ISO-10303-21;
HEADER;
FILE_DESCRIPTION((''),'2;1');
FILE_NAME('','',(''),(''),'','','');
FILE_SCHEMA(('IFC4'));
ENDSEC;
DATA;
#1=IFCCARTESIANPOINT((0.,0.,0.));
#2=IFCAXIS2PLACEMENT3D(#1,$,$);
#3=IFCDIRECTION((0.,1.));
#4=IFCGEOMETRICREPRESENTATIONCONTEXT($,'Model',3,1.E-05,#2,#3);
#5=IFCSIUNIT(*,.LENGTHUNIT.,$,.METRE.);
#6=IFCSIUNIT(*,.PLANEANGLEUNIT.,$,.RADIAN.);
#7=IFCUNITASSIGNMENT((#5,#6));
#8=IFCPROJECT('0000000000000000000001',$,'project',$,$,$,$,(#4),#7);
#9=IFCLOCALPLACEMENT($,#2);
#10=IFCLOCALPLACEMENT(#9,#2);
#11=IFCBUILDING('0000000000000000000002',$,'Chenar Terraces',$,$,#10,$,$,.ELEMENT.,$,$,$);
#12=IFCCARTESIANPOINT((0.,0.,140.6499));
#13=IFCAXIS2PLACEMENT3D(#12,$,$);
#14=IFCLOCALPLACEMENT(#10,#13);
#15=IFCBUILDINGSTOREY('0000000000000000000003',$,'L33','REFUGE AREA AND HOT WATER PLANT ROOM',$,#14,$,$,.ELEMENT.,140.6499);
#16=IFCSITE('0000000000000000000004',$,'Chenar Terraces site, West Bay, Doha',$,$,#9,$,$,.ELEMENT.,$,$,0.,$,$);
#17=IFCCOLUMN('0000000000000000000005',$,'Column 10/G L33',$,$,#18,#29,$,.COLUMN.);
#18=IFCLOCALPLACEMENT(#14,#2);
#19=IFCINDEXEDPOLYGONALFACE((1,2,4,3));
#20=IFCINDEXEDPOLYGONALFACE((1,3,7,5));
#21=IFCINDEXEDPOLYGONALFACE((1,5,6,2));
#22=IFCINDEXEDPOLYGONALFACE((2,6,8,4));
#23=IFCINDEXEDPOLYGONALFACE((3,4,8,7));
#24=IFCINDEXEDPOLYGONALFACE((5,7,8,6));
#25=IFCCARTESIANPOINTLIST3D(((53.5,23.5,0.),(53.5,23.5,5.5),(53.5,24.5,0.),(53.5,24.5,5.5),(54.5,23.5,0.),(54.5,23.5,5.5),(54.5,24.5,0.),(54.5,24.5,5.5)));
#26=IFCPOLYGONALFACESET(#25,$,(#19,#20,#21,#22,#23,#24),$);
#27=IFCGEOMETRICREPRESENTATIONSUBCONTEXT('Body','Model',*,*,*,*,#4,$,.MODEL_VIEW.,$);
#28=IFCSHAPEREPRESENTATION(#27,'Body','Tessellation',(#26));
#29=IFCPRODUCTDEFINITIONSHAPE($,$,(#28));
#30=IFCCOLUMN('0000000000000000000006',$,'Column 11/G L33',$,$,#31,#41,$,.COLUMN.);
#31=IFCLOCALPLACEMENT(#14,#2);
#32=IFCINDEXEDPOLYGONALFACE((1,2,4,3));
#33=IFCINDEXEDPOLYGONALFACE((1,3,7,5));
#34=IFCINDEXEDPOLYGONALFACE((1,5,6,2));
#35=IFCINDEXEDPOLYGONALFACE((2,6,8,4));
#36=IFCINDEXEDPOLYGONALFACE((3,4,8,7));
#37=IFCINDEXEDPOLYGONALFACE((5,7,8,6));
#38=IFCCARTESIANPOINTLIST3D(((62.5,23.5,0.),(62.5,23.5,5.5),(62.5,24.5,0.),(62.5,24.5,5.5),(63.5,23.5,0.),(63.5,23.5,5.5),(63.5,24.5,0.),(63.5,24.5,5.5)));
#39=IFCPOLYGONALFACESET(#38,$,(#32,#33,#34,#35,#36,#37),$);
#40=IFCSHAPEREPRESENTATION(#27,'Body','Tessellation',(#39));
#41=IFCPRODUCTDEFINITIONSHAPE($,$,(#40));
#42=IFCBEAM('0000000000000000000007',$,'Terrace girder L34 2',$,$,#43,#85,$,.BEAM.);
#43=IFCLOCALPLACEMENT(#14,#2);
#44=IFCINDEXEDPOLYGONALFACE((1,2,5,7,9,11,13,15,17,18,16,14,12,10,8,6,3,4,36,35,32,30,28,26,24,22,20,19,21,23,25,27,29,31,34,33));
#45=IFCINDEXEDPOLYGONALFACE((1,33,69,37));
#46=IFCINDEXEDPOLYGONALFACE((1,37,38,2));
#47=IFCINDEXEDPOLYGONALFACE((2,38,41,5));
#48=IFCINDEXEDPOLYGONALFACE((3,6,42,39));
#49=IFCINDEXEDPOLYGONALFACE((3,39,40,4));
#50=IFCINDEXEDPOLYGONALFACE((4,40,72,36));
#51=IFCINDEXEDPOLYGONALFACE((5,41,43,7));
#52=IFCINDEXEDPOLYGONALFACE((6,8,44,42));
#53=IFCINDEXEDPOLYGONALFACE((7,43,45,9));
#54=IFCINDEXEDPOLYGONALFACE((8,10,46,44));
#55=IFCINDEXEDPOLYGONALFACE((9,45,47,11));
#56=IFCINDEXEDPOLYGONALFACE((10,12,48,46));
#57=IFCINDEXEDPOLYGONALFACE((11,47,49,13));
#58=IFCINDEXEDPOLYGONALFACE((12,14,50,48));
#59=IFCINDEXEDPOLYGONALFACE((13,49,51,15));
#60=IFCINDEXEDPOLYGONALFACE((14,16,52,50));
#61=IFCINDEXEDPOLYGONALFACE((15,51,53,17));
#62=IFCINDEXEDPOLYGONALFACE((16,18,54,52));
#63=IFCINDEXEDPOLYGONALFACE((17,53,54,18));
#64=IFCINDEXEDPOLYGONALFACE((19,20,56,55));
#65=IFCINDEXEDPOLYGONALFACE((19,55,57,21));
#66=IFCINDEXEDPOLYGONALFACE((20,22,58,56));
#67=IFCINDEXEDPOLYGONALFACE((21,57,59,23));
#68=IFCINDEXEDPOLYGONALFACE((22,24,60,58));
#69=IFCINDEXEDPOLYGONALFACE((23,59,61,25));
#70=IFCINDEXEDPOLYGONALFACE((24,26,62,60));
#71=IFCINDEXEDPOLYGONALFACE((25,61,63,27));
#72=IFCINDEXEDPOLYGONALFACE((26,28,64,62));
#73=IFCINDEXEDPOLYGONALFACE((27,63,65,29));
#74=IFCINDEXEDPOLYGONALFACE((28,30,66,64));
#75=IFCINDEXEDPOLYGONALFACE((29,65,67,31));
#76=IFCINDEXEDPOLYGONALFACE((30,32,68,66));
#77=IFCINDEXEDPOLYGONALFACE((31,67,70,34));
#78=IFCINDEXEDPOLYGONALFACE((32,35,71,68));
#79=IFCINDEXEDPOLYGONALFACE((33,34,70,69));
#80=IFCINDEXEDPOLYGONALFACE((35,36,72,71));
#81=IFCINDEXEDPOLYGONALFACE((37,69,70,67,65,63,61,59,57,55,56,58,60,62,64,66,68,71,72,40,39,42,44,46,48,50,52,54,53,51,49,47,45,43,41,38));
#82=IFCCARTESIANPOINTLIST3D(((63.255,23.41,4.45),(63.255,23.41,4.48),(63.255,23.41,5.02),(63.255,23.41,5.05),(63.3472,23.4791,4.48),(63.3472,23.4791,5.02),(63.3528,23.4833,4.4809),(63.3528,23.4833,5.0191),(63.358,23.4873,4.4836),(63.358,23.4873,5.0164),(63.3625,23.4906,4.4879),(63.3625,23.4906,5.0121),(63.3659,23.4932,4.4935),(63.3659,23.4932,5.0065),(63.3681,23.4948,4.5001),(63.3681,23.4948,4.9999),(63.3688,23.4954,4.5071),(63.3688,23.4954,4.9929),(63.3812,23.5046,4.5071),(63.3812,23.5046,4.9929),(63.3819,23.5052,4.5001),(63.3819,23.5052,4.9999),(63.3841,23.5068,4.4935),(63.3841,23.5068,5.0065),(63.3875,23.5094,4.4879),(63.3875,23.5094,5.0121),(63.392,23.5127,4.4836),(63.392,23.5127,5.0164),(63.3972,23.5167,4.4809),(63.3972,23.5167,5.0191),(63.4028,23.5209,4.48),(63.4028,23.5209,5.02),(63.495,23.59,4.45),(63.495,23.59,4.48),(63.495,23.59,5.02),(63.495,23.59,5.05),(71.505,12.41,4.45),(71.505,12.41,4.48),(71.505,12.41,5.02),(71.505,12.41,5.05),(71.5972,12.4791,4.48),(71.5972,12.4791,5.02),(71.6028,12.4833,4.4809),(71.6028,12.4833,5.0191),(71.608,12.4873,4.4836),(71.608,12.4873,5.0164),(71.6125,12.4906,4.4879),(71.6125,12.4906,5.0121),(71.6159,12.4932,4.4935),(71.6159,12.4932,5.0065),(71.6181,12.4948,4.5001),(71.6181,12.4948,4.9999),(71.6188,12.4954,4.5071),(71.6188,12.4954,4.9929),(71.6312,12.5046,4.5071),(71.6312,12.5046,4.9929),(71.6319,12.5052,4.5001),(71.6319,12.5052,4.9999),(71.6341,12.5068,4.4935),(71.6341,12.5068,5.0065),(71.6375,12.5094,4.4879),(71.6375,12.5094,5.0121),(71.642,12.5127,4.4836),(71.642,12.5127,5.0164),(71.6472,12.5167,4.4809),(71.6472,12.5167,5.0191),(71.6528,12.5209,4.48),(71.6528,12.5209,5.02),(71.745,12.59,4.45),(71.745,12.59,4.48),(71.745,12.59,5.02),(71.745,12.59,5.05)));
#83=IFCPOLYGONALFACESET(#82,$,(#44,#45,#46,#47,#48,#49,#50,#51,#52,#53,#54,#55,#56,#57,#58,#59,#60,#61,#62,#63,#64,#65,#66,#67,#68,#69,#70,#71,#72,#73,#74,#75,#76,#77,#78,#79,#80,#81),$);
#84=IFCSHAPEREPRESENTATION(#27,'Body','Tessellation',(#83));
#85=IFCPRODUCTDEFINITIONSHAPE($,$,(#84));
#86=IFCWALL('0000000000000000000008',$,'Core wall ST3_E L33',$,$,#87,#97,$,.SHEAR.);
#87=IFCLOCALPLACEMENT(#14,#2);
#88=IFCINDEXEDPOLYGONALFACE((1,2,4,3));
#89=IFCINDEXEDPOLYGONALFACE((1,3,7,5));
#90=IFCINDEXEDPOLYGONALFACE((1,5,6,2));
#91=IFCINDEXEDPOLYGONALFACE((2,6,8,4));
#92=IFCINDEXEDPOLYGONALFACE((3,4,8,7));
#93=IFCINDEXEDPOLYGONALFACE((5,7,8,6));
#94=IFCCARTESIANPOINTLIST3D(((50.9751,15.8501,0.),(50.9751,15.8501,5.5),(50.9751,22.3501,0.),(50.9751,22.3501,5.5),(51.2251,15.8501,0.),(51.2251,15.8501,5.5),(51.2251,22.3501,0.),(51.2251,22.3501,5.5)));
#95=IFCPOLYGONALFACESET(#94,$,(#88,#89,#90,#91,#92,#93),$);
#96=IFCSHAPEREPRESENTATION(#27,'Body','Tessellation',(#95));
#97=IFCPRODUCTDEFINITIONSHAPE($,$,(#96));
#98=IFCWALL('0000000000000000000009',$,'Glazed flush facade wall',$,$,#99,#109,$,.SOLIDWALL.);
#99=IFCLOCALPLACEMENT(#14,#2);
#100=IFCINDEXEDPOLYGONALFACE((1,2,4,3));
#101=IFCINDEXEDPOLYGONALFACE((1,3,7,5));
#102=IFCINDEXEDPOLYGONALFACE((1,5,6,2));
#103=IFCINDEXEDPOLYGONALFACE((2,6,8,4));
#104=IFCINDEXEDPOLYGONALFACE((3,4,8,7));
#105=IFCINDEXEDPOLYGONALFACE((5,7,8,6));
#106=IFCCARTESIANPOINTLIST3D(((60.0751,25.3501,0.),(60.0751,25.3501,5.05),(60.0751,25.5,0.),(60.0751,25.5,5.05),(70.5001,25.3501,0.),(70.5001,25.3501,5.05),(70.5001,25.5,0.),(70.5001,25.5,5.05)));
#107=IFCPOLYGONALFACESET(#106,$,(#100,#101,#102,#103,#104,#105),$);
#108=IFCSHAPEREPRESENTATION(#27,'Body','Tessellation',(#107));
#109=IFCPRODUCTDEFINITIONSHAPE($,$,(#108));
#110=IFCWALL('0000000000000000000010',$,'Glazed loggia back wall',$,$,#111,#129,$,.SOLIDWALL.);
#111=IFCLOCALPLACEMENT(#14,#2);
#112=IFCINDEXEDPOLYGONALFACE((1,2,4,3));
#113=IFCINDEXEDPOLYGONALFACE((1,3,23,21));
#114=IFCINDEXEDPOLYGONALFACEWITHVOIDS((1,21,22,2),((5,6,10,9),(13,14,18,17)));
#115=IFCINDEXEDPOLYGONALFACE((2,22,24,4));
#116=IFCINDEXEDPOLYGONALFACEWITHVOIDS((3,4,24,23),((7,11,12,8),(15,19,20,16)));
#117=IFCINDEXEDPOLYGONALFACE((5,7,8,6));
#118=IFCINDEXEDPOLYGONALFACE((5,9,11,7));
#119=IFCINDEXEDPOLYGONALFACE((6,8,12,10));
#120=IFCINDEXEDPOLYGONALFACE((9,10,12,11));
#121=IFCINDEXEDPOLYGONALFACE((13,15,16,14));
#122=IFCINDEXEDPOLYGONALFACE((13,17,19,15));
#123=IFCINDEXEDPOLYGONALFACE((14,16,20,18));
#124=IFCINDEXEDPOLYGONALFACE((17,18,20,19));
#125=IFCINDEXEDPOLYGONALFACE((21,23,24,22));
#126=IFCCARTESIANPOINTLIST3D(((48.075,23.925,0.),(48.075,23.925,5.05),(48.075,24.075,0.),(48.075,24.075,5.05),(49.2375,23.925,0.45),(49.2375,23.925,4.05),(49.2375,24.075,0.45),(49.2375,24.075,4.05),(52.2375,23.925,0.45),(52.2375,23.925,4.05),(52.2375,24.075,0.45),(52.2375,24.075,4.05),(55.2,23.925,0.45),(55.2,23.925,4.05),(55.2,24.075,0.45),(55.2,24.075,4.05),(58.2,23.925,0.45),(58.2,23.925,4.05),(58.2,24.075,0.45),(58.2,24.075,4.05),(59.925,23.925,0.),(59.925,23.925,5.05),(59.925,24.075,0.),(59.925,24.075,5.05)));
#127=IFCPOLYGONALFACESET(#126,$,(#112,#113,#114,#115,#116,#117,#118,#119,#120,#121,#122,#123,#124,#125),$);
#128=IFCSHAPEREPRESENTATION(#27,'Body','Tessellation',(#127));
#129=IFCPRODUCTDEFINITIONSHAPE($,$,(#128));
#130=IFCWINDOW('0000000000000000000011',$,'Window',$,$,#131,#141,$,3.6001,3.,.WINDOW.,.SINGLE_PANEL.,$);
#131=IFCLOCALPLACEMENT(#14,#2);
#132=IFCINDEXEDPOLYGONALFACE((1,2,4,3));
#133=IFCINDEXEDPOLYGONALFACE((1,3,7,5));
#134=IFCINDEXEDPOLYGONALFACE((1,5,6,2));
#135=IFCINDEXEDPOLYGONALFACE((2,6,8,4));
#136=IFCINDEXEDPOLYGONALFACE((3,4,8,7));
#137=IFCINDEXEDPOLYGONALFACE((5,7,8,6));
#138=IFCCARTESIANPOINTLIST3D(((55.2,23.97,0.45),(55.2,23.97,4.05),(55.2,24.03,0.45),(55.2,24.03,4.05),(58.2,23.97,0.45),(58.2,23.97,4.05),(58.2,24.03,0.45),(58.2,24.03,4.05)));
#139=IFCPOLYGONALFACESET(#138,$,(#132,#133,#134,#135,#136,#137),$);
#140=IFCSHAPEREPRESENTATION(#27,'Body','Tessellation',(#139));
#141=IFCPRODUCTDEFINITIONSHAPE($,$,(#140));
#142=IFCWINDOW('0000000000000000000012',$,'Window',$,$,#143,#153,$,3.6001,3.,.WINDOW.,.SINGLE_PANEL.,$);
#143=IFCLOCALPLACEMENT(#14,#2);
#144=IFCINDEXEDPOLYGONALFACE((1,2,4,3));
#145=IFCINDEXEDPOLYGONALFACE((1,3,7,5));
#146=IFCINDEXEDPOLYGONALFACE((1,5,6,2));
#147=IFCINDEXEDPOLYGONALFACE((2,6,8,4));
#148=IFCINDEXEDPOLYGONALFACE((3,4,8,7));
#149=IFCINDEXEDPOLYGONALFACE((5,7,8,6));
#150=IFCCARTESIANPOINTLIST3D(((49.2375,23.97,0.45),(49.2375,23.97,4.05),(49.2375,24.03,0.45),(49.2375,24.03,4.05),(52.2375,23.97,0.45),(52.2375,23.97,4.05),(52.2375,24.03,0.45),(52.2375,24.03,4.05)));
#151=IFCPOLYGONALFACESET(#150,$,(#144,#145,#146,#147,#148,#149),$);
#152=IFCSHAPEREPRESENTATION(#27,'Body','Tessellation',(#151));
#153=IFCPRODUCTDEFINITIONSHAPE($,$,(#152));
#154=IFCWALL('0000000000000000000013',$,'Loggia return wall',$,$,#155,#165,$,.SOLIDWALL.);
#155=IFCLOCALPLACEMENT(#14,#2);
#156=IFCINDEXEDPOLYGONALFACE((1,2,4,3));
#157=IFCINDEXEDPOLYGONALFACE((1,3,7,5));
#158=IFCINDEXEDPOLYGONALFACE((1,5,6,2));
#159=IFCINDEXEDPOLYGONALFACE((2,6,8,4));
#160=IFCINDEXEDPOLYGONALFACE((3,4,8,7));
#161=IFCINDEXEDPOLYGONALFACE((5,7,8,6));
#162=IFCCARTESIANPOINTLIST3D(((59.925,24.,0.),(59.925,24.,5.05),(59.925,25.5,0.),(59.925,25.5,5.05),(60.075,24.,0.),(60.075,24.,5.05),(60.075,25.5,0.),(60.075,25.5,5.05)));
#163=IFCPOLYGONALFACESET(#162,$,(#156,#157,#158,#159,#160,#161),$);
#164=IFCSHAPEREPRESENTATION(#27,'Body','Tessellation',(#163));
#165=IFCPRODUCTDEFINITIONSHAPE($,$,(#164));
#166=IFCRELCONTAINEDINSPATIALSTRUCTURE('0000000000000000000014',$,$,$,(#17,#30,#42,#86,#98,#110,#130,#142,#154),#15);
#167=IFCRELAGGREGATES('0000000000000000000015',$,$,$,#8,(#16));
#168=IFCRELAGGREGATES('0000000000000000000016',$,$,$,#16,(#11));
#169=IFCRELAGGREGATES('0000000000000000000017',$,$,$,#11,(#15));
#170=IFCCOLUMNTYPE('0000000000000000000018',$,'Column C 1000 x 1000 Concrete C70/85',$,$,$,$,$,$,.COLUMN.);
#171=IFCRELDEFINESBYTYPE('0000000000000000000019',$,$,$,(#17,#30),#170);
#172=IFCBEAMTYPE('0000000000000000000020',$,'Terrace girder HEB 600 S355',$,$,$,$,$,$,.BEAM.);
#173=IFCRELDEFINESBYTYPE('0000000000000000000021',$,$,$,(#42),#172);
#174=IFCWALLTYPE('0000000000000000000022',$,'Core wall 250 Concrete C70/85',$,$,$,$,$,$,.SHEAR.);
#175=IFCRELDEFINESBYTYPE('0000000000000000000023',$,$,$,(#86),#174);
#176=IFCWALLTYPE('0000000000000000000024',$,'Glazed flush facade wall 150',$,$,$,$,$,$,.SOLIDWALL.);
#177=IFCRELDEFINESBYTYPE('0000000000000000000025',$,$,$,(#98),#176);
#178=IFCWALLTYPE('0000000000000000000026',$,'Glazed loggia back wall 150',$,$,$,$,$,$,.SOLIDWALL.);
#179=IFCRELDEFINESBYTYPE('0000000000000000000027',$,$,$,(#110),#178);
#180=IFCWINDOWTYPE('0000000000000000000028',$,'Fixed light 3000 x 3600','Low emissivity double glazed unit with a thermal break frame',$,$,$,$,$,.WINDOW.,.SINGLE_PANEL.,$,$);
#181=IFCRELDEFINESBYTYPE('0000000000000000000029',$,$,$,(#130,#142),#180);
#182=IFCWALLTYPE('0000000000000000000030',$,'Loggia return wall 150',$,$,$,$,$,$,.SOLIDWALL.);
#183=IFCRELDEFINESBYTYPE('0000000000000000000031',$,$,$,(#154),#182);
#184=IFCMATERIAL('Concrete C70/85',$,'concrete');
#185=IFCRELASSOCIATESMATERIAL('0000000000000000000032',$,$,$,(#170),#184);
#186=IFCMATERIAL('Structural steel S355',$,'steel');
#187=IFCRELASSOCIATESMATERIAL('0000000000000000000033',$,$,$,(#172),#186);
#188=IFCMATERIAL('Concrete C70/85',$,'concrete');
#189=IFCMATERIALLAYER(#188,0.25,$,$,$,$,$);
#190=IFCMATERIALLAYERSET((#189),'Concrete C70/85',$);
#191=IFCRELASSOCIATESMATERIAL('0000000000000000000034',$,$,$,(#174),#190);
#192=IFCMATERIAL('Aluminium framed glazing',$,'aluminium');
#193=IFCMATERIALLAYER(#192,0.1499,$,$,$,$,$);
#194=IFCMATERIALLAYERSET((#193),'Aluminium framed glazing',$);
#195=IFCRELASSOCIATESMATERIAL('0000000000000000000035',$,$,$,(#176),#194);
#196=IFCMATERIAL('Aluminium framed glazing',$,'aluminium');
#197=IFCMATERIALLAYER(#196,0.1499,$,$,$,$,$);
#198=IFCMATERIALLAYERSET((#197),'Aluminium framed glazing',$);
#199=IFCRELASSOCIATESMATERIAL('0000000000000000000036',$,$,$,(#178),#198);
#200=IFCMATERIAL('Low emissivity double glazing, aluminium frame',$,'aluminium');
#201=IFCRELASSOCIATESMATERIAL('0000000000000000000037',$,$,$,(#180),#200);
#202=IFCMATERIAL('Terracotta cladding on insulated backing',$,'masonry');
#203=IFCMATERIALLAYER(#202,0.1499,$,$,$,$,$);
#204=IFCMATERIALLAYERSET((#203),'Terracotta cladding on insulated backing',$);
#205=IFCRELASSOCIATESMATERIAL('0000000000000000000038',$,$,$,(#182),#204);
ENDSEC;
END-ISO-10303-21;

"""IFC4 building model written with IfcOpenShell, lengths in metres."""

from ifc_helpers import new_model, si_unit, direction, frame, frame_2d, origin, origin_2d, place, context, subcontext, project, spatial, rectangle, i_section, extrude, material, layer, layer_set, material_profile, profile_set, type_object, element, fill, save


model = new_model("IFC4")

# Units and contexts
model_context = context("Model", 3, precision=1e-05, world=origin(), true_north=direction((0.0, 1.0)))
body_context = subcontext(model_context, "Body", "Model", "MODEL_VIEW")
ifc_project = project(units=[si_unit("LENGTHUNIT", "METRE"), si_unit("PLANEANGLEUNIT", "RADIAN")], contexts=[model_context])

# Site, building, storey
site_placement = place(None, origin())
site = spatial("IfcSite", under=ifc_project, at=site_placement, Name="Chenar Terraces site, West Bay, Doha", CompositionType="ELEMENT", RefElevation=0.0)
building_placement = place(site_placement, origin())
building = spatial("IfcBuilding", under=site, at=building_placement, Name="Chenar Terraces", CompositionType="ELEMENT")
storey_placement = place(building_placement, frame((0.0, 0.0, 140.6499)))
storey = spatial("IfcBuildingStorey", under=building, at=storey_placement, Name="L33", Description="REFUGE AREA AND HOT WATER PLANT ROOM", CompositionType="ELEMENT", Elevation=140.6499)

# Columns
ifc_material_1 = material(Name="Concrete C70/85", Category="concrete")
ifc_material_profile_1 = material_profile(ifc_material_1, rectangle(XDim=1.0, YDim=1.0, at=origin_2d()), Name="C 1000 x 1000")
ifc_profile_set_1 = profile_set([ifc_material_profile_1], Name="Concrete C70/85")
column_type = type_object("IfcColumnType", Name="Column C 1000 x 1000 Concrete C70/85", PredefinedType="COLUMN", material=ifc_profile_set_1)
for number, where, z_axis, x_axis, name in (
    (1, (54.0, 24.0, 0.0), (0.0, 0.0, 1.0), (1.0, 0.0, 0.0), "Column 10/G L33"),
    (2, (63.0, 24.0, 0.0), (0.0, 0.0, 1.0), (1.0, 0.0, 0.0), "Column 11/G L33"),
):
    element("IfcColumn", number, at=place(storey_placement, frame(where, z_axis=z_axis, x_axis=x_axis)), inside=storey, type_object=column_type, Name=name, PredefinedType="COLUMN", context=body_context, shape_type="SweptSolid", body=[
        extrude(rectangle(XDim=1.0, YDim=1.0, at=origin_2d()), origin(), (0.0, 0.0, 1.0), 5.5),
    ])

# Beam
ifc_material_2 = material(Name="Structural steel S355", Category="steel")
ifc_material_profile_2 = material_profile(ifc_material_2, i_section(OverallWidth=0.3, OverallDepth=0.6001, WebThickness=0.0154, FlangeThickness=0.03, FilletRadius=0.0271, at=origin_2d()), Name="HEB 600")
ifc_profile_set_2 = profile_set([ifc_material_profile_2], Name="Structural steel S355")
beam_type = type_object("IfcBeamType", Name="Terrace girder HEB 600 S355", PredefinedType="BEAM", material=ifc_profile_set_2)
beam_placement = place(storey_placement, frame((63.375, 23.5, 4.75), z_axis=(0.6, -0.8, 0.0), x_axis=(0.8, 0.6, 0.0)))
element("IfcBeam", 3, at=beam_placement, inside=storey, type_object=beam_type, Name="Terrace girder L34 2", PredefinedType="BEAM", context=body_context, shape_type="SweptSolid", body=[
    extrude(i_section(OverallWidth=0.3, OverallDepth=0.6001, WebThickness=0.0154, FlangeThickness=0.03, FilletRadius=0.0271, at=origin_2d()), origin(), (0.0, 0.0, 1.0), 13.75),
])

# Walls
ifc_material_3 = material(Name="Concrete C70/85", Category="concrete")
ifc_layer_1 = layer(ifc_material_3, 0.25)
ifc_layer_set_1 = layer_set([ifc_layer_1], Name="Concrete C70/85")
wall_type_1 = type_object("IfcWallType", Name="Core wall 250 Concrete C70/85", PredefinedType="SHEAR", material=ifc_layer_set_1)
wall_1_placement = place(storey_placement, frame((51.1001, 15.8501, 0.0), z_axis=(0.0, 0.0, 1.0), x_axis=(0.0, 1.0, 0.0)))
element("IfcWall", 4, at=wall_1_placement, inside=storey, type_object=wall_type_1, Name="Core wall ST3_E L33", PredefinedType="SHEAR", context=body_context, shape_type="SweptSolid", body=[
    extrude(rectangle(XDim=6.5, YDim=0.25, at=frame_2d((3.25, 0.0))), origin(), (0.0, 0.0, 1.0), 5.5),
])
ifc_material_4 = material(Name="Aluminium framed glazing", Category="aluminium")
ifc_layer_2 = layer(ifc_material_4, 0.1499)
ifc_layer_set_2 = layer_set([ifc_layer_2], Name="Aluminium framed glazing")
wall_type_2 = type_object("IfcWallType", Name="Glazed flush facade wall 150", PredefinedType="SOLIDWALL", material=ifc_layer_set_2)
wall_2_placement = place(storey_placement, frame((70.5, 25.425, 0.0), z_axis=(0.0, 0.0, 1.0), x_axis=(-1.0, 0.0, 0.0)))
element("IfcWall", 5, at=wall_2_placement, inside=storey, type_object=wall_type_2, Name="Glazed flush facade wall", PredefinedType="SOLIDWALL", context=body_context, shape_type="SweptSolid", body=[
    extrude(rectangle(XDim=10.425, YDim=0.1499, at=frame_2d((5.2124, 0.0))), origin(), (0.0, 0.0, 1.0), 5.05),
])

# Wall, openings, windows
ifc_material_5 = material(Name="Aluminium framed glazing", Category="aluminium")
ifc_layer_3 = layer(ifc_material_5, 0.1499)
ifc_layer_set_3 = layer_set([ifc_layer_3], Name="Aluminium framed glazing")
wall_type_3 = type_object("IfcWallType", Name="Glazed loggia back wall 150", PredefinedType="SOLIDWALL", material=ifc_layer_set_3)
wall_3_placement = place(storey_placement, frame((59.925, 24.0, 0.0), z_axis=(0.0, 0.0, 1.0), x_axis=(-1.0, 0.0, 0.0)))
wall_3 = element("IfcWall", 6, at=wall_3_placement, inside=storey, type_object=wall_type_3, Name="Glazed loggia back wall", PredefinedType="SOLIDWALL", context=body_context, shape_type="SweptSolid", body=[
    extrude(rectangle(XDim=11.8501, YDim=0.1499, at=frame_2d((5.925, 0.0))), origin(), (0.0, 0.0, 1.0), 5.05),
])
opening_1_placement = place(wall_3_placement, frame((1.7251, 0.0, 0.45)))
opening_1 = element("IfcOpeningElement", 7, at=opening_1_placement, cuts=wall_3, PredefinedType="OPENING", context=body_context, shape_type="SweptSolid", body=[
    extrude(rectangle(XDim=3.0, YDim=3.6001, at=frame_2d((1.5, 1.8))), frame((0.0, 0.085, 0.0), z_axis=(0.0, -1.0, 0.0), x_axis=(1.0, 0.0, 0.0)), (0.0, 0.0, 1.0), 0.1699),
])
opening_2_placement = place(wall_3_placement, frame((7.6875, 0.0, 0.45)))
opening_2 = element("IfcOpeningElement", 8, at=opening_2_placement, cuts=wall_3, PredefinedType="OPENING", context=body_context, shape_type="SweptSolid", body=[
    extrude(rectangle(XDim=3.0, YDim=3.6001, at=frame_2d((1.5, 1.8))), frame((0.0, 0.085, 0.0), z_axis=(0.0, -1.0, 0.0), x_axis=(1.0, 0.0, 0.0)), (0.0, 0.0, 1.0), 0.1699),
])
ifc_material_6 = material(Name="Low emissivity double glazing, aluminium frame", Category="aluminium")
window_type = type_object("IfcWindowType", Name="Fixed light 3000 x 3600", Description="Low emissivity double glazed unit with a thermal break frame", PartitioningType="SINGLE_PANEL", PredefinedType="WINDOW", material=ifc_material_6)
window_1_placement = place(opening_1_placement, origin())
window_1 = element("IfcWindow", 9, at=window_1_placement, inside=storey, type_object=window_type, Name="Window", OverallHeight=3.6001, OverallWidth=3.0, PartitioningType="SINGLE_PANEL", PredefinedType="WINDOW", context=body_context, shape_type="SweptSolid", body=[
    extrude(rectangle(XDim=3.0, YDim=3.6001, at=frame_2d((1.5, 1.8))), frame((0.0, 0.03, 0.0), z_axis=(0.0, -1.0, 0.0), x_axis=(1.0, 0.0, 0.0)), (0.0, 0.0, 1.0), 0.0601),
])
fill(opening_1, window_1)
window_2_placement = place(opening_2_placement, origin())
window_2 = element("IfcWindow", 10, at=window_2_placement, inside=storey, type_object=window_type, Name="Window", OverallHeight=3.6001, OverallWidth=3.0, PartitioningType="SINGLE_PANEL", PredefinedType="WINDOW", context=body_context, shape_type="SweptSolid", body=[
    extrude(rectangle(XDim=3.0, YDim=3.6001, at=frame_2d((1.5, 1.8))), frame((0.0, 0.03, 0.0), z_axis=(0.0, -1.0, 0.0), x_axis=(1.0, 0.0, 0.0)), (0.0, 0.0, 1.0), 0.0601),
])
fill(opening_2, window_2)

# Wall
ifc_material_7 = material(Name="Terracotta cladding on insulated backing", Category="masonry")
ifc_layer_4 = layer(ifc_material_7, 0.1499)
ifc_layer_set_4 = layer_set([ifc_layer_4], Name="Terracotta cladding on insulated backing")
wall_type_4 = type_object("IfcWallType", Name="Loggia return wall 150", PredefinedType="SOLIDWALL", material=ifc_layer_set_4)
wall_4_placement = place(storey_placement, frame((60.0, 25.5, 0.0), z_axis=(0.0, 0.0, 1.0), x_axis=(0.0, -1.0, 0.0)))
element("IfcWall", 11, at=wall_4_placement, inside=storey, type_object=wall_type_4, Name="Loggia return wall", PredefinedType="SOLIDWALL", context=body_context, shape_type="SweptSolid", body=[
    extrude(rectangle(XDim=1.5, YDim=0.1499, at=frame_2d((0.75, 0.0))), origin(), (0.0, 0.0, 1.0), 5.05),
])

save(model, "model.ifc")
